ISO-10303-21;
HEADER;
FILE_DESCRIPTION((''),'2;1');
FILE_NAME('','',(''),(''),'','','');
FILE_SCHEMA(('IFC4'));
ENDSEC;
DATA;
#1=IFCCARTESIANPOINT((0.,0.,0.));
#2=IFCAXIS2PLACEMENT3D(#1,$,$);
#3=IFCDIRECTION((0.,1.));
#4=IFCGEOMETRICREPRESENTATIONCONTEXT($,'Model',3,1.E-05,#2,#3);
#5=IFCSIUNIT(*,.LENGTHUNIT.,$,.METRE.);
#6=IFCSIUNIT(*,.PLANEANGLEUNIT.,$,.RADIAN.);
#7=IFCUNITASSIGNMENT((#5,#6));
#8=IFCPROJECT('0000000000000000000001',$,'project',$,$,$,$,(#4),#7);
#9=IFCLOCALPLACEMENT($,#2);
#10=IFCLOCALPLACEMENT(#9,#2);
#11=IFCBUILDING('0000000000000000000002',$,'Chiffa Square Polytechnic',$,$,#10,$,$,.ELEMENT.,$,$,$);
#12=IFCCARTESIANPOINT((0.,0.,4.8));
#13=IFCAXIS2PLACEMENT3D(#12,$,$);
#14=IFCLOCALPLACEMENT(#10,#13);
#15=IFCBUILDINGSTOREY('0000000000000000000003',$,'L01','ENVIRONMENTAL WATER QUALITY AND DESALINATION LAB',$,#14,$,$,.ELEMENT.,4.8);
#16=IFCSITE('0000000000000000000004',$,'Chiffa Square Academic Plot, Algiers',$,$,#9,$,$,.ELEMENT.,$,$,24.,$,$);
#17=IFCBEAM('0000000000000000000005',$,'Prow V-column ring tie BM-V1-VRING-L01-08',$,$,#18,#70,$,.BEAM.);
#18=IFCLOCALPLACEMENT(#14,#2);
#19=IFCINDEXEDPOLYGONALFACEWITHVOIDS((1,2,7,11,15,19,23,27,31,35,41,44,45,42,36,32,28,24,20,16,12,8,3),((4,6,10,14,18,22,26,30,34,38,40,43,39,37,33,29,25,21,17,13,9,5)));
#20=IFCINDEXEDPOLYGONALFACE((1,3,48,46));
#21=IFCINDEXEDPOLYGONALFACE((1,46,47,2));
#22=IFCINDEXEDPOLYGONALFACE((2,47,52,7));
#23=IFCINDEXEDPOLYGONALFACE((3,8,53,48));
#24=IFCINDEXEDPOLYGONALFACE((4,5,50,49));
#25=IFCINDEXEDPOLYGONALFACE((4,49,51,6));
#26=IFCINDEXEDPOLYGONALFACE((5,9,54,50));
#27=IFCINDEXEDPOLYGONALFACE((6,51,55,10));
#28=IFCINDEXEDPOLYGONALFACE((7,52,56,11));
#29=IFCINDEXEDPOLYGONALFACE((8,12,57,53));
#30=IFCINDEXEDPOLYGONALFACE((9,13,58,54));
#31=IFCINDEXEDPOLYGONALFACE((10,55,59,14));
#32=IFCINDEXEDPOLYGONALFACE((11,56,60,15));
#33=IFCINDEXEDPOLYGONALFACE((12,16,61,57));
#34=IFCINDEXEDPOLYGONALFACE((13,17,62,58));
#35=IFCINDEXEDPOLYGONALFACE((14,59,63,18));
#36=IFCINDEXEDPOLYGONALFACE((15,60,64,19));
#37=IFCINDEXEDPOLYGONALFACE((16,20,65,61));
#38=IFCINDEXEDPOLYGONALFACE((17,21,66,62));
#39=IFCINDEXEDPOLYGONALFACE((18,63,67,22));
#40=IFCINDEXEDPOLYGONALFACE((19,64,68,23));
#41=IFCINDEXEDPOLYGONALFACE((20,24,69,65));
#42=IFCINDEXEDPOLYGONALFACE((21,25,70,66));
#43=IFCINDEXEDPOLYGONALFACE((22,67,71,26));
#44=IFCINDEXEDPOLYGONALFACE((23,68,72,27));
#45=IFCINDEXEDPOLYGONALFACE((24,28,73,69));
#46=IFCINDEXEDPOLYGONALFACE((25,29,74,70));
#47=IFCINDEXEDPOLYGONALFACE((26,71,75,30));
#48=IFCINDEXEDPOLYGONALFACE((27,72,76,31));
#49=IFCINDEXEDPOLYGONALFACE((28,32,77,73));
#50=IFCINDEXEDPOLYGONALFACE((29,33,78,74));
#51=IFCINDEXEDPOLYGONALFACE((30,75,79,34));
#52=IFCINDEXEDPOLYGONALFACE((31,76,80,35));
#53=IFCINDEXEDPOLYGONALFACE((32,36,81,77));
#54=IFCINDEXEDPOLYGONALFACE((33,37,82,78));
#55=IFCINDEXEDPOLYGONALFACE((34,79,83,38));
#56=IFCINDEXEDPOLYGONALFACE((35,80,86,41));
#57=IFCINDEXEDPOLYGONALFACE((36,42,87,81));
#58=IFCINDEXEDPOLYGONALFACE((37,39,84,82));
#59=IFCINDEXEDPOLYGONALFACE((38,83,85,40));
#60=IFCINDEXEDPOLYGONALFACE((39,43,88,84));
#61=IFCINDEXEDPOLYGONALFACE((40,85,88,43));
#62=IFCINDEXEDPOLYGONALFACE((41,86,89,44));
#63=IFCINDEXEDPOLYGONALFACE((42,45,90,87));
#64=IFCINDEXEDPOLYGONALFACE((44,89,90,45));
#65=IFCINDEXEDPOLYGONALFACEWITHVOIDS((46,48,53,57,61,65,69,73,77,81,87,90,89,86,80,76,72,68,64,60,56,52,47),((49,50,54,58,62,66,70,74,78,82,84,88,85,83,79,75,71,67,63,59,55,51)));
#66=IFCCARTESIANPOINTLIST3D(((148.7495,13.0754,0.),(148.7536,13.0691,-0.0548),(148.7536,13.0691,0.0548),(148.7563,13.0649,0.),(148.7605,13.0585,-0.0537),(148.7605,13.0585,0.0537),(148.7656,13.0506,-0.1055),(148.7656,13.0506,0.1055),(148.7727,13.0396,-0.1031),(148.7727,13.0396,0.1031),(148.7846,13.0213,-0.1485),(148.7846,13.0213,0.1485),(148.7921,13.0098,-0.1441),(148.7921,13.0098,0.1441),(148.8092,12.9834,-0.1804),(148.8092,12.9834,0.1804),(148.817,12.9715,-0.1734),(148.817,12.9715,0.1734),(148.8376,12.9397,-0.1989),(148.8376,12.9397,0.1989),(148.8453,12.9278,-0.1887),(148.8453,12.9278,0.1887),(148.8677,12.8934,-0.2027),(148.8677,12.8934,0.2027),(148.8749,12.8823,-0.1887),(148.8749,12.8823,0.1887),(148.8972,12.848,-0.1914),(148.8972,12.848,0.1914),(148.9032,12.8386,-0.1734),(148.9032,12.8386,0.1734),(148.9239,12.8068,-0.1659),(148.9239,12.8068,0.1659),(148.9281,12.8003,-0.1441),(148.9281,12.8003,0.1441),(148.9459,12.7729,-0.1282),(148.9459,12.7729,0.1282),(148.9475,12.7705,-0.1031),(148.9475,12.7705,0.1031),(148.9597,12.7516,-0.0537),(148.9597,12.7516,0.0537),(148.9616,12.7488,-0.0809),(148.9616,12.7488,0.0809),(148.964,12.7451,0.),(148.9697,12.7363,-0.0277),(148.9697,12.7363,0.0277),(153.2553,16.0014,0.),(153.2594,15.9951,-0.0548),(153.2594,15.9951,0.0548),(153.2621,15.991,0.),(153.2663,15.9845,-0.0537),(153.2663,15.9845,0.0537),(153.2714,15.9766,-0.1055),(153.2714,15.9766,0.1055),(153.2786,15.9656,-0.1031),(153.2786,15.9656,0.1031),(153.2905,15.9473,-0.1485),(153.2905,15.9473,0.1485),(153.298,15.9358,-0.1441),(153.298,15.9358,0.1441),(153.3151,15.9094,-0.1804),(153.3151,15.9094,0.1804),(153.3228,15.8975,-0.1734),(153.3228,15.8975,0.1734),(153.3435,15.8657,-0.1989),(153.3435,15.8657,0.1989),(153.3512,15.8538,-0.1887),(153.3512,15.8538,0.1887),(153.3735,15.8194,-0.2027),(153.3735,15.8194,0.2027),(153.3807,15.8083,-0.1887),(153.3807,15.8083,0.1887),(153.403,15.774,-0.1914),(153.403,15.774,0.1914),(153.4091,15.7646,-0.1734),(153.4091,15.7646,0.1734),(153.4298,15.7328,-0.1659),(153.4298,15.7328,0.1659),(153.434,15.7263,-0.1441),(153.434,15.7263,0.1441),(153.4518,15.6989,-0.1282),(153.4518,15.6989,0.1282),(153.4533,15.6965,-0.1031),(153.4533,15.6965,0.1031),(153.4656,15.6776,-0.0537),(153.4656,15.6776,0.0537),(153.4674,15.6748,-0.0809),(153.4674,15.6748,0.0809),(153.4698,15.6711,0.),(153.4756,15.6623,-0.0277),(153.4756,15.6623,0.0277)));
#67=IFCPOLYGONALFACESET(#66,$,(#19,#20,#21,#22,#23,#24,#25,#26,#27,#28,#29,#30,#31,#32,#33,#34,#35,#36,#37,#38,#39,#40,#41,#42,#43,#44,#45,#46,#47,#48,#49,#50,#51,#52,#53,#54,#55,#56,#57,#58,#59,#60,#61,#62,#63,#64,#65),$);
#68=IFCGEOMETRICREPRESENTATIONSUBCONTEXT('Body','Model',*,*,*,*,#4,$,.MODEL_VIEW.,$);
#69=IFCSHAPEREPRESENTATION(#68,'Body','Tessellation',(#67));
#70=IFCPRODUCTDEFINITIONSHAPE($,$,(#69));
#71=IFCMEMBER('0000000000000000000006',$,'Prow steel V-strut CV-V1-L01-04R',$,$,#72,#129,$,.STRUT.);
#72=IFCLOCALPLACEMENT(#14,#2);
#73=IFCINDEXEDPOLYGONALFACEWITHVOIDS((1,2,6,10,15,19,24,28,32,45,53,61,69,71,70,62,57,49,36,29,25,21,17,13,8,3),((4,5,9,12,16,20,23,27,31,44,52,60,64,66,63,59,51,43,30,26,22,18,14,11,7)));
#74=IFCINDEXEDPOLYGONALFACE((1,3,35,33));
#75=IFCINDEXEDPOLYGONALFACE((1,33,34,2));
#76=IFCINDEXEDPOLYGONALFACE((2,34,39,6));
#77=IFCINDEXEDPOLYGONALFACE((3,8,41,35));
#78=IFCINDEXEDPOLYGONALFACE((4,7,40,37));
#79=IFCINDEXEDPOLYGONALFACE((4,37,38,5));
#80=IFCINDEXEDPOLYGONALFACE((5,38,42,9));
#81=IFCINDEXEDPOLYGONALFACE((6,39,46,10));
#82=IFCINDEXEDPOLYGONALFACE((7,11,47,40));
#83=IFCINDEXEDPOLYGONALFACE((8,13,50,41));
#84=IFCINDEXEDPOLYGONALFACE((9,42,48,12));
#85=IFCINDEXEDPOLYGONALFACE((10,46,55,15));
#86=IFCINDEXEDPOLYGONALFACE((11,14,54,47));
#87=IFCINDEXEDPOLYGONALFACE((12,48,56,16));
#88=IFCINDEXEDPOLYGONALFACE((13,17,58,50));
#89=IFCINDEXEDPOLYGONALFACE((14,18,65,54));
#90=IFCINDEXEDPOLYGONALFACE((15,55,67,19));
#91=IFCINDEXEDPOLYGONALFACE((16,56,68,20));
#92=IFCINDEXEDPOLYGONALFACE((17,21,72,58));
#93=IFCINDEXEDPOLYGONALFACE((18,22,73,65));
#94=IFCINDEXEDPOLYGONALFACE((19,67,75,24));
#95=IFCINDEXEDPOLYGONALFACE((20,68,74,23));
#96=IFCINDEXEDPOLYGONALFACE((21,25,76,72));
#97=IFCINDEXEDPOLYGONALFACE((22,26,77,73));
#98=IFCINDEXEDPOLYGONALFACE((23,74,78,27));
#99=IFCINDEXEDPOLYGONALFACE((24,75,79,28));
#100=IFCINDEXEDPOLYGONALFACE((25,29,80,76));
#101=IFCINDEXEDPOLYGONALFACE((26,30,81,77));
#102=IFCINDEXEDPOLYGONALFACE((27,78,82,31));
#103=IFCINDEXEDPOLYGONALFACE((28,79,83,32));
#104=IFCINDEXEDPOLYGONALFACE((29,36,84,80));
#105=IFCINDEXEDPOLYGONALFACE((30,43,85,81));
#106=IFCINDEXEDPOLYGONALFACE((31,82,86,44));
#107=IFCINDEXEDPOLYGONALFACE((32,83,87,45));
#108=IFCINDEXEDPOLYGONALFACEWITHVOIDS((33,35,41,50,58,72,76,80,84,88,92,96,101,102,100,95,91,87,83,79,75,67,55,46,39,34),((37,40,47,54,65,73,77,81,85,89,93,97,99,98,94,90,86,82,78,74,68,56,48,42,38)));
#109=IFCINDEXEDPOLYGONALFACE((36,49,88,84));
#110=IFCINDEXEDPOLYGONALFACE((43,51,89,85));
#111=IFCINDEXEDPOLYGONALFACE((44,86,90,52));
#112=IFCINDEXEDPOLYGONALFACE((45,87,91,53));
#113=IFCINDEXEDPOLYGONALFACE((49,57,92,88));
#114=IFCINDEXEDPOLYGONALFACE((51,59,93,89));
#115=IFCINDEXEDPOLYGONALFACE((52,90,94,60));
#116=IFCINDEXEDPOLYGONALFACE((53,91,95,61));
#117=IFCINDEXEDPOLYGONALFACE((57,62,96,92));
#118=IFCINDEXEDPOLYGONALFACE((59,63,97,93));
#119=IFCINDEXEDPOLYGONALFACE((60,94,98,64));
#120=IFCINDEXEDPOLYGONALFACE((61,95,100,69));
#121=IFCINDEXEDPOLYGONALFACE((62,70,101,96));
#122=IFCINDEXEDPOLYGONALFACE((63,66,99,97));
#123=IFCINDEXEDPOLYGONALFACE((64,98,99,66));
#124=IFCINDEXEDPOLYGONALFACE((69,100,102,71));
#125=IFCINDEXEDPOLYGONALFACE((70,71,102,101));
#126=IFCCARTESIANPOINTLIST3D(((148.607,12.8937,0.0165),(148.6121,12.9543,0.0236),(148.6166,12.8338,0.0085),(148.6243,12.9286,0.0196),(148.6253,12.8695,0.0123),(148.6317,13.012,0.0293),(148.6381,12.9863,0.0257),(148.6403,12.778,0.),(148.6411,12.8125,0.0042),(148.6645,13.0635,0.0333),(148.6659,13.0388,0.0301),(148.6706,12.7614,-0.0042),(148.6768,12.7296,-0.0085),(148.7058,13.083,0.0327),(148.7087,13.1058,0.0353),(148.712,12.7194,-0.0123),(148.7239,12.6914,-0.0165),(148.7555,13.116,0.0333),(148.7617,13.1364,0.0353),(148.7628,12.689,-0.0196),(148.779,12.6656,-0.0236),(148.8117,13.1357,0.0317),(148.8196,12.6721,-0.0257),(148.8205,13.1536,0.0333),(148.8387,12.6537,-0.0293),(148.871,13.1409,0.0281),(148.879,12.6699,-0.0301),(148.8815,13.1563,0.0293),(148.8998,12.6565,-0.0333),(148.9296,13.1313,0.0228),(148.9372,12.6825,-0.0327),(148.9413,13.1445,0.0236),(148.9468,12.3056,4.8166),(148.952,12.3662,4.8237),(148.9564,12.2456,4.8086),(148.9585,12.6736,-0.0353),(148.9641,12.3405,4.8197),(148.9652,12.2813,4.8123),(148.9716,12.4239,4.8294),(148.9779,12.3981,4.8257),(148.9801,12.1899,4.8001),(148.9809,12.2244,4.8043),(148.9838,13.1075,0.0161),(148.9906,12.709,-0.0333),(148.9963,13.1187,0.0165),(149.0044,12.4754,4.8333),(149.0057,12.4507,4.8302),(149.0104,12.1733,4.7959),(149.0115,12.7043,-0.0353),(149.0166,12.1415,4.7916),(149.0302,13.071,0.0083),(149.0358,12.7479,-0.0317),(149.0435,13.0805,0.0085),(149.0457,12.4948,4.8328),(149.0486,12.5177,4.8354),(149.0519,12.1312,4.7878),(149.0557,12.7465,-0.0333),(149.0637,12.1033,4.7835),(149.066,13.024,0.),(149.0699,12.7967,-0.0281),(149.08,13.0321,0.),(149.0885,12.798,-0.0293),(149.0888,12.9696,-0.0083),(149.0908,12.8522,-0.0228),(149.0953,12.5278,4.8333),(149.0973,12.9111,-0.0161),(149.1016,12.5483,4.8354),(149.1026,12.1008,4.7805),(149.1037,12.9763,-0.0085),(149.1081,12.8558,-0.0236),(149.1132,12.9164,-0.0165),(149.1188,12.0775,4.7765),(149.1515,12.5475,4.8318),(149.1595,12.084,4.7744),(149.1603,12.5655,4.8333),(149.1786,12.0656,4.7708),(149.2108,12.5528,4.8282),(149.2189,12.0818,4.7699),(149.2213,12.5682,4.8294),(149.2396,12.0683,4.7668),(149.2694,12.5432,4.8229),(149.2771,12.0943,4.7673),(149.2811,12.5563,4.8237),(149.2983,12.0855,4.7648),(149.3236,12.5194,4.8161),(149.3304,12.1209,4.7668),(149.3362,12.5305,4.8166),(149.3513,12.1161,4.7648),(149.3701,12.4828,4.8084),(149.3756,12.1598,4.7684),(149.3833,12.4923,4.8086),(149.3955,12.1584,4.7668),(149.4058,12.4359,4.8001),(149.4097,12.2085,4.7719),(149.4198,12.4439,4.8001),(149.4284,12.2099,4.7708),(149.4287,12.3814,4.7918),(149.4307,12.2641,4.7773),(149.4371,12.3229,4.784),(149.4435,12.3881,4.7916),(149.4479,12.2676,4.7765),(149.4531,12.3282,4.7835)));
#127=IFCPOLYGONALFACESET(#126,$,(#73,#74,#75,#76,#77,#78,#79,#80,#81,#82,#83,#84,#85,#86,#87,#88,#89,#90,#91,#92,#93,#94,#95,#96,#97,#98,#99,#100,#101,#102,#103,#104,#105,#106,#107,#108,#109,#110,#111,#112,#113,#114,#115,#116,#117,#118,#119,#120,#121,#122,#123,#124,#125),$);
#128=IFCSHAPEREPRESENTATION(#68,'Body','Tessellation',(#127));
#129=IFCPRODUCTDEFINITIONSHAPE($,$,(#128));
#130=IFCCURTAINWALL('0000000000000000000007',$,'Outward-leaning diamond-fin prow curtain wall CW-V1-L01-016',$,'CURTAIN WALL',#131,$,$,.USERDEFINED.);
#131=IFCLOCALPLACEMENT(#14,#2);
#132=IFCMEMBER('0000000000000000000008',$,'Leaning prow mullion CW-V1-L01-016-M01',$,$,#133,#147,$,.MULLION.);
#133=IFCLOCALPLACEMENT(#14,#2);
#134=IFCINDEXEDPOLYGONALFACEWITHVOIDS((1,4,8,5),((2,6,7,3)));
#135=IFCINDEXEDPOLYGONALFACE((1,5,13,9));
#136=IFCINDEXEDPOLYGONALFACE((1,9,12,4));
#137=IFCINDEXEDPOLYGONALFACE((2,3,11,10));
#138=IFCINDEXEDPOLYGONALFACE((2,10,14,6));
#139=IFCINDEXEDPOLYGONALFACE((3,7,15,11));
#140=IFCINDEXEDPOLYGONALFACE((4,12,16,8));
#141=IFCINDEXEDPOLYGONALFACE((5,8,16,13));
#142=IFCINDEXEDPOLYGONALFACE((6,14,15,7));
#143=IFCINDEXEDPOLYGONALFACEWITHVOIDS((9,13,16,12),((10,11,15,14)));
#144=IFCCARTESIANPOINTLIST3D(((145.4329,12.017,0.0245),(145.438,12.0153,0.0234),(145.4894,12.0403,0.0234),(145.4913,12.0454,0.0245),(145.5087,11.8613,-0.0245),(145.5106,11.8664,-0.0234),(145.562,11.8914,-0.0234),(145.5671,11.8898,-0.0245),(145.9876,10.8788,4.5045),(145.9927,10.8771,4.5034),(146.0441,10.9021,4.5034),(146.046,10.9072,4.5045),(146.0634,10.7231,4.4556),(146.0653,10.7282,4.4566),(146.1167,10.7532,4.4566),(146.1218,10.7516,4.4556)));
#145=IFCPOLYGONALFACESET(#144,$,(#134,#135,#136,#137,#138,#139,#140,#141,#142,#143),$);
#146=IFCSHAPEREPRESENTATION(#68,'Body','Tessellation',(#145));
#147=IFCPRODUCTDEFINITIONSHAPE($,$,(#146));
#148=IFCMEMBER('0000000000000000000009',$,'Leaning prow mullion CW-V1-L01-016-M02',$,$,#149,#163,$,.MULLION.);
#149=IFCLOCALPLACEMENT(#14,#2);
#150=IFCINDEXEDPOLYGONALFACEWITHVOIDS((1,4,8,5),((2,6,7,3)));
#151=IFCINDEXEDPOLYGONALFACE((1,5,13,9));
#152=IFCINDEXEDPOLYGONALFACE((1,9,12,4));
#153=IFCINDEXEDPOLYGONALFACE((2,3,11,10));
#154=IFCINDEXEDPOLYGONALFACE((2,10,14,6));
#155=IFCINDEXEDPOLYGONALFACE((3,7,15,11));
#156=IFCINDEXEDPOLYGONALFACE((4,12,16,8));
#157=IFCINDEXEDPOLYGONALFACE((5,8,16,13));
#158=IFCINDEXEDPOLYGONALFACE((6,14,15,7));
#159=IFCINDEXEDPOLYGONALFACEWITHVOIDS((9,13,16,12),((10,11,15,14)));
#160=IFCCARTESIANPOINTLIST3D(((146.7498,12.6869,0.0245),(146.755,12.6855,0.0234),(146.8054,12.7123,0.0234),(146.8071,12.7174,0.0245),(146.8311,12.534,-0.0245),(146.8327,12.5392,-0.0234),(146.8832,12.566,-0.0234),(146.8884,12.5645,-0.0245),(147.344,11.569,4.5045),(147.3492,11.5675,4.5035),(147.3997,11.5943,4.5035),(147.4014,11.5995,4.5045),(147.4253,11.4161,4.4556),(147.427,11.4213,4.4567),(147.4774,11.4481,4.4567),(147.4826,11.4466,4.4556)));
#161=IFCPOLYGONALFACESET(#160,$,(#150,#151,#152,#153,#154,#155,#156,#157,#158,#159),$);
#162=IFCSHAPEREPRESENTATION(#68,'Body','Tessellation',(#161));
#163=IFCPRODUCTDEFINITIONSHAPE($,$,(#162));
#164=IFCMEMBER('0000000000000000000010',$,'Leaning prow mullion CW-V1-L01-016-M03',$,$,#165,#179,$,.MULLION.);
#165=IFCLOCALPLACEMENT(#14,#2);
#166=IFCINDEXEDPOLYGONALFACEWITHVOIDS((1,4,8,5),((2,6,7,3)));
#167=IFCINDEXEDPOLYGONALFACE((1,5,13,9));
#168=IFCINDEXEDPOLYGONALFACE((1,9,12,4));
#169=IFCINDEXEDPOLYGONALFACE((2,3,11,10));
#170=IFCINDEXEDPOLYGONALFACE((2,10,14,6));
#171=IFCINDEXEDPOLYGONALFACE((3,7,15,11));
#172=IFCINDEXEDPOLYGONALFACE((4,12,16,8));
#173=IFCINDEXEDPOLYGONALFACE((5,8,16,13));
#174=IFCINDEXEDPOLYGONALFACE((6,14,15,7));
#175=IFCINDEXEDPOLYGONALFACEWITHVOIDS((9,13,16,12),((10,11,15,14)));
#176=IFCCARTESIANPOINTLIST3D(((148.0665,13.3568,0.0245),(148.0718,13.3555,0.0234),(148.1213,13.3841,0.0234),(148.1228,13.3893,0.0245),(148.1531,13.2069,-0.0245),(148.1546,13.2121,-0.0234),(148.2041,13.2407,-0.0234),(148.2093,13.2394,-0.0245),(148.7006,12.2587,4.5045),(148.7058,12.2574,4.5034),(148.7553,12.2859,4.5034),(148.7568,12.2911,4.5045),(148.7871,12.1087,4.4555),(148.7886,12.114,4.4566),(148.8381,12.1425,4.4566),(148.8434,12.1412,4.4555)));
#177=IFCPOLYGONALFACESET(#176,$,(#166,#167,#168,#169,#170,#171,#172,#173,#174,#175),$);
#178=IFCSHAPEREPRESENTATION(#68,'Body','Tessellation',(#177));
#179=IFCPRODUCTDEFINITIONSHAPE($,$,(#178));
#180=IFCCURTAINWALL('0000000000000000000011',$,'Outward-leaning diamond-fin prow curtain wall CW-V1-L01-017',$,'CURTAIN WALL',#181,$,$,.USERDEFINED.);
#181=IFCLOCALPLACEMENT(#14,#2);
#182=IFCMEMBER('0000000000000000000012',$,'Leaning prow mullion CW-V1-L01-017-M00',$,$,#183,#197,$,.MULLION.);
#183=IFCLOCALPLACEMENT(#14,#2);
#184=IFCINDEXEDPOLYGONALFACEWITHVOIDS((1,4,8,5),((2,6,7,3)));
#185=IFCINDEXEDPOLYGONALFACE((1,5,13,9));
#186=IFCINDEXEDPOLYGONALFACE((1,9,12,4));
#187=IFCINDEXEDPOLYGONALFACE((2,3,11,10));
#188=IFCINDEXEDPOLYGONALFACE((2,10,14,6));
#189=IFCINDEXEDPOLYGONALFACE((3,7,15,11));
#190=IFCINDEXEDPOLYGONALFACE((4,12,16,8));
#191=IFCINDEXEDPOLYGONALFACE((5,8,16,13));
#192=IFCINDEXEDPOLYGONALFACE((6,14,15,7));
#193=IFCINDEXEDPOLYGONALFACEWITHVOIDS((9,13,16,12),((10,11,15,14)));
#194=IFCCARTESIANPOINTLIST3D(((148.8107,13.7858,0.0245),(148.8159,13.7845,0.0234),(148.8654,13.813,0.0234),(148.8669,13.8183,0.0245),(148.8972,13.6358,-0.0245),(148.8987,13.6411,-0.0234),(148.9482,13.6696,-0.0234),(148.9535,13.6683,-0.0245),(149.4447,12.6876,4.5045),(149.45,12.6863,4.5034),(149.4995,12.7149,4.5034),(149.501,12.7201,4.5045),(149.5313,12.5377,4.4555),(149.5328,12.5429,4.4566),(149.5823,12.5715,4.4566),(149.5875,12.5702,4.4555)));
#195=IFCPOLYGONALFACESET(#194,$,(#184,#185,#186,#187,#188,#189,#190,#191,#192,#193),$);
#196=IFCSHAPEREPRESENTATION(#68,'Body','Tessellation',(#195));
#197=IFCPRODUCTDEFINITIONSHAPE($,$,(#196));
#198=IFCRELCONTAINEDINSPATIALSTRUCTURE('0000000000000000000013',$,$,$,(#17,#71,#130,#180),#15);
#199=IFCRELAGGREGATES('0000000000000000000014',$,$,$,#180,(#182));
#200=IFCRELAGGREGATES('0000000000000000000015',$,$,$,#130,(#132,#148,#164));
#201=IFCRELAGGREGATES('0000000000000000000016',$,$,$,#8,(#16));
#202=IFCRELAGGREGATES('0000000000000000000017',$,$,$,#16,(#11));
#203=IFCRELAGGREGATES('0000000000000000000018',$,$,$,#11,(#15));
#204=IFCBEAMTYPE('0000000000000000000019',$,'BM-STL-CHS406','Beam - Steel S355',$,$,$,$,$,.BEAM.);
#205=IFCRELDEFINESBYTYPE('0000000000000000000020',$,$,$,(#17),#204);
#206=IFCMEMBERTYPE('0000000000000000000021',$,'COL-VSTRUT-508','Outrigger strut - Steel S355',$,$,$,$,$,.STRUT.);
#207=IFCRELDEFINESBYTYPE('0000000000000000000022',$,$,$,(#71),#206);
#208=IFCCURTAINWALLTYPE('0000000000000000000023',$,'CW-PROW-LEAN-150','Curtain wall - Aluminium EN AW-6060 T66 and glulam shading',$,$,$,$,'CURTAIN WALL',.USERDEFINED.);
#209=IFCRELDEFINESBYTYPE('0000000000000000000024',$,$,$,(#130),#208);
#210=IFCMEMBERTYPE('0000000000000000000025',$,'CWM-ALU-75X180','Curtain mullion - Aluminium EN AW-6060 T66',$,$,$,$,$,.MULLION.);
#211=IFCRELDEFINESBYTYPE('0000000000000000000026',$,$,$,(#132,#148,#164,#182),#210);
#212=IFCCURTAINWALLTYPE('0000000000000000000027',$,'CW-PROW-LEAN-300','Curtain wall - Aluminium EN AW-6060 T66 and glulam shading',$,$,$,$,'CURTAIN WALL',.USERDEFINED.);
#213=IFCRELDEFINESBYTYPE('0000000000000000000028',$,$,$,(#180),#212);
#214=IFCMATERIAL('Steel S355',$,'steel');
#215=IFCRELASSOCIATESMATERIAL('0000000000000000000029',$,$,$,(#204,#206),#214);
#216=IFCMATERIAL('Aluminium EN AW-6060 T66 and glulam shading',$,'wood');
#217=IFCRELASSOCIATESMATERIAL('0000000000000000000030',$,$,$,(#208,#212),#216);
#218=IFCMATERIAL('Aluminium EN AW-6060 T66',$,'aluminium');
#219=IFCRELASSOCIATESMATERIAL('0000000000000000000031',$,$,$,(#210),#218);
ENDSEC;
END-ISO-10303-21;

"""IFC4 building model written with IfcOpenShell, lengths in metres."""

from ifc_helpers import new_model, si_unit, direction, frame, origin, origin_2d, place, context, subcontext, project, spatial, hollow_rectangle, hollow_circle, extrude, material, material_profile, profile_set, type_object, element, aggregate, save


model = new_model("IFC4")

# Units and contexts
model_context = context("Model", 3, precision=1e-05, world=origin(), true_north=direction((0.0, 1.0)))
body_context = subcontext(model_context, "Body", "Model", "MODEL_VIEW")
ifc_project = project(units=[si_unit("LENGTHUNIT", "METRE"), si_unit("PLANEANGLEUNIT", "RADIAN")], contexts=[model_context])

# Site, building, storey
site_placement = place(None, origin())
site = spatial("IfcSite", under=ifc_project, at=site_placement, Name="Chiffa Square Academic Plot, Algiers", CompositionType="ELEMENT", RefElevation=24.0)
building_placement = place(site_placement, origin())
building = spatial("IfcBuilding", under=site, at=building_placement, Name="Chiffa Square Polytechnic", CompositionType="ELEMENT")
storey_placement = place(building_placement, frame((0.0, 0.0, 4.8)))
storey = spatial("IfcBuildingStorey", under=building, at=storey_placement, Name="L01", Description="ENVIRONMENTAL WATER QUALITY AND DESALINATION LAB", CompositionType="ELEMENT", Elevation=4.8)

# Beam
ifc_material_1 = material(Name="Steel S355", Category="steel")
ifc_material_profile_1 = material_profile(ifc_material_1, hollow_circle(Radius=0.2031, WallThickness=0.0125, at=origin_2d()), Name="CHS 406.4x12.5")
ifc_profile_set_1 = profile_set([ifc_material_profile_1], Name="Steel S355")
beam_type = type_object("IfcBeamType", Name="BM-STL-CHS406", Description="Beam - Steel S355", PredefinedType="BEAM", material=ifc_profile_set_1)
beam_placement = place(storey_placement, frame((148.8601, 12.905, 0.0), z_axis=(0.83868, 0.544624, 0.0), x_axis=(-0.544624, 0.83868, 0.0)))
element("IfcBeam", 1, at=beam_placement, inside=storey, type_object=beam_type, Name="Prow V-column ring tie BM-V1-VRING-L01-08", PredefinedType="BEAM", context=body_context, shape_type="SweptSolid", body=[
    extrude(hollow_circle(Radius=0.2031, WallThickness=0.0125, at=origin_2d()), origin(), (0.0, 0.0, 1.0), 5.3726),
])

# Member
ifc_material_profile_2 = material_profile(ifc_material_1, hollow_circle(Radius=0.2539, WallThickness=0.0161, at=origin_2d()), Name="CHS 508x16")
ifc_profile_set_2 = profile_set([ifc_material_profile_2], Name="Steel S355")
member_type_1 = type_object("IfcMemberType", Name="COL-VSTRUT-508", Description="Outrigger strut - Steel S355", PredefinedType="STRUT", material=ifc_profile_set_2)
member_1_placement = place(storey_placement, frame((148.8601, 12.905, 0.0), z_axis=(0.070102, -0.121318, 0.990135), x_axis=(0.865844, 0.500314, 0.0)))
element("IfcMember", 2, at=member_1_placement, inside=storey, type_object=member_type_1, Name="Prow steel V-strut CV-V1-L01-04R", PredefinedType="STRUT", context=body_context, shape_type="SweptSolid", body=[
    extrude(hollow_circle(Radius=0.2539, WallThickness=0.0161, at=origin_2d()), origin(), (0.0, 0.0, 1.0), 4.8479),
])

# Curtain wall, members
ifc_material_2 = material(Name="Aluminium EN AW-6060 T66 and glulam shading", Category="wood")
curtain_wall_type_1 = type_object("IfcCurtainWallType", Name="CW-PROW-LEAN-150", Description="Curtain wall - Aluminium EN AW-6060 T66 and glulam shading", ElementType="CURTAIN WALL", PredefinedType="USERDEFINED", material=ifc_material_2)
curtain_wall_1_placement = place(storey_placement, origin())
curtain_wall_1 = element("IfcCurtainWall", 3, at=curtain_wall_1_placement, inside=storey, type_object=curtain_wall_type_1, Name="Outward-leaning diamond-fin prow curtain wall CW-V1-L01-016", ObjectType="CURTAIN WALL", PredefinedType="USERDEFINED")
ifc_material_3 = material(Name="Aluminium EN AW-6060 T66", Category="aluminium")
ifc_material_profile_3 = material_profile(ifc_material_3, hollow_rectangle(XDim=0.0649, YDim=0.1799, WallThickness=0.0039, at=origin_2d()), Name="ALU 65x180x4")
ifc_profile_set_3 = profile_set([ifc_material_profile_3], Name="Aluminium EN AW-6060 T66")
member_type_2 = type_object("IfcMemberType", Name="CWM-ALU-75X180", Description="Curtain mullion - Aluminium EN AW-6060 T66", PredefinedType="MULLION", material=ifc_profile_set_3)
member_2_placement = place(storey_placement, frame((145.5, 11.9534, 0.0), z_axis=(0.119148, -0.244483, 0.962305), x_axis=(0.898931, 0.438089, 0.0)))
member_2 = element("IfcMember", 4, at=member_2_placement, type_object=member_type_2, Name="Leaning prow mullion CW-V1-L01-016-M01", PredefinedType="MULLION", context=body_context, shape_type="SweptSolid", body=[
    extrude(hollow_rectangle(XDim=0.0649, YDim=0.1799, WallThickness=0.0039, at=origin_2d()), origin(), (0.0, 0.0, 1.0), 4.6555),
])
member_3_placement = place(storey_placement, frame((146.8191, 12.6257, 0.0), z_axis=(0.127644, -0.240132, 0.962312), x_axis=(0.883003, 0.469367, 0.0)))
member_3 = element("IfcMember", 5, at=member_3_placement, type_object=member_type_2, Name="Leaning prow mullion CW-V1-L01-016-M02", PredefinedType="MULLION", context=body_context, shape_type="SweptSolid", body=[
    extrude(hollow_rectangle(XDim=0.0649, YDim=0.1799, WallThickness=0.0039, at=origin_2d()), origin(), (0.0, 0.0, 1.0), 4.6555),
])
member_4_placement = place(storey_placement, frame((148.1379, 13.2981, 0.0), z_axis=(0.136176, -0.235857, 0.962199), x_axis=(0.866019, 0.500011, 0.0)))
member_4 = element("IfcMember", 6, at=member_4_placement, type_object=member_type_2, Name="Leaning prow mullion CW-V1-L01-016-M03", PredefinedType="MULLION", context=body_context, shape_type="SweptSolid", body=[
    extrude(hollow_rectangle(XDim=0.0649, YDim=0.1799, WallThickness=0.0039, at=origin_2d()), origin(), (0.0, 0.0, 1.0), 4.656),
])

# Curtain wall, member
curtain_wall_type_2 = type_object("IfcCurtainWallType", Name="CW-PROW-LEAN-300", Description="Curtain wall - Aluminium EN AW-6060 T66 and glulam shading", ElementType="CURTAIN WALL", PredefinedType="USERDEFINED", material=ifc_material_2)
curtain_wall_2_placement = place(storey_placement, origin())
curtain_wall_2 = element("IfcCurtainWall", 7, at=curtain_wall_2_placement, inside=storey, type_object=curtain_wall_type_2, Name="Outward-leaning diamond-fin prow curtain wall CW-V1-L01-017", ObjectType="CURTAIN WALL", PredefinedType="USERDEFINED")
member_5_placement = place(storey_placement, frame((148.8821, 13.7271, 0.0), z_axis=(0.136176, -0.235857, 0.962199), x_axis=(0.866019, 0.500011, 0.0)))
member_5 = element("IfcMember", 8, at=member_5_placement, type_object=member_type_2, Name="Leaning prow mullion CW-V1-L01-017-M00", PredefinedType="MULLION", context=body_context, shape_type="SweptSolid", body=[
    extrude(hollow_rectangle(XDim=0.0649, YDim=0.1799, WallThickness=0.0039, at=origin_2d()), origin(), (0.0, 0.0, 1.0), 4.656),
])

aggregate(curtain_wall_2, [member_5])
aggregate(curtain_wall_1, [member_2, member_3, member_4])

save(model, "model.ifc")
